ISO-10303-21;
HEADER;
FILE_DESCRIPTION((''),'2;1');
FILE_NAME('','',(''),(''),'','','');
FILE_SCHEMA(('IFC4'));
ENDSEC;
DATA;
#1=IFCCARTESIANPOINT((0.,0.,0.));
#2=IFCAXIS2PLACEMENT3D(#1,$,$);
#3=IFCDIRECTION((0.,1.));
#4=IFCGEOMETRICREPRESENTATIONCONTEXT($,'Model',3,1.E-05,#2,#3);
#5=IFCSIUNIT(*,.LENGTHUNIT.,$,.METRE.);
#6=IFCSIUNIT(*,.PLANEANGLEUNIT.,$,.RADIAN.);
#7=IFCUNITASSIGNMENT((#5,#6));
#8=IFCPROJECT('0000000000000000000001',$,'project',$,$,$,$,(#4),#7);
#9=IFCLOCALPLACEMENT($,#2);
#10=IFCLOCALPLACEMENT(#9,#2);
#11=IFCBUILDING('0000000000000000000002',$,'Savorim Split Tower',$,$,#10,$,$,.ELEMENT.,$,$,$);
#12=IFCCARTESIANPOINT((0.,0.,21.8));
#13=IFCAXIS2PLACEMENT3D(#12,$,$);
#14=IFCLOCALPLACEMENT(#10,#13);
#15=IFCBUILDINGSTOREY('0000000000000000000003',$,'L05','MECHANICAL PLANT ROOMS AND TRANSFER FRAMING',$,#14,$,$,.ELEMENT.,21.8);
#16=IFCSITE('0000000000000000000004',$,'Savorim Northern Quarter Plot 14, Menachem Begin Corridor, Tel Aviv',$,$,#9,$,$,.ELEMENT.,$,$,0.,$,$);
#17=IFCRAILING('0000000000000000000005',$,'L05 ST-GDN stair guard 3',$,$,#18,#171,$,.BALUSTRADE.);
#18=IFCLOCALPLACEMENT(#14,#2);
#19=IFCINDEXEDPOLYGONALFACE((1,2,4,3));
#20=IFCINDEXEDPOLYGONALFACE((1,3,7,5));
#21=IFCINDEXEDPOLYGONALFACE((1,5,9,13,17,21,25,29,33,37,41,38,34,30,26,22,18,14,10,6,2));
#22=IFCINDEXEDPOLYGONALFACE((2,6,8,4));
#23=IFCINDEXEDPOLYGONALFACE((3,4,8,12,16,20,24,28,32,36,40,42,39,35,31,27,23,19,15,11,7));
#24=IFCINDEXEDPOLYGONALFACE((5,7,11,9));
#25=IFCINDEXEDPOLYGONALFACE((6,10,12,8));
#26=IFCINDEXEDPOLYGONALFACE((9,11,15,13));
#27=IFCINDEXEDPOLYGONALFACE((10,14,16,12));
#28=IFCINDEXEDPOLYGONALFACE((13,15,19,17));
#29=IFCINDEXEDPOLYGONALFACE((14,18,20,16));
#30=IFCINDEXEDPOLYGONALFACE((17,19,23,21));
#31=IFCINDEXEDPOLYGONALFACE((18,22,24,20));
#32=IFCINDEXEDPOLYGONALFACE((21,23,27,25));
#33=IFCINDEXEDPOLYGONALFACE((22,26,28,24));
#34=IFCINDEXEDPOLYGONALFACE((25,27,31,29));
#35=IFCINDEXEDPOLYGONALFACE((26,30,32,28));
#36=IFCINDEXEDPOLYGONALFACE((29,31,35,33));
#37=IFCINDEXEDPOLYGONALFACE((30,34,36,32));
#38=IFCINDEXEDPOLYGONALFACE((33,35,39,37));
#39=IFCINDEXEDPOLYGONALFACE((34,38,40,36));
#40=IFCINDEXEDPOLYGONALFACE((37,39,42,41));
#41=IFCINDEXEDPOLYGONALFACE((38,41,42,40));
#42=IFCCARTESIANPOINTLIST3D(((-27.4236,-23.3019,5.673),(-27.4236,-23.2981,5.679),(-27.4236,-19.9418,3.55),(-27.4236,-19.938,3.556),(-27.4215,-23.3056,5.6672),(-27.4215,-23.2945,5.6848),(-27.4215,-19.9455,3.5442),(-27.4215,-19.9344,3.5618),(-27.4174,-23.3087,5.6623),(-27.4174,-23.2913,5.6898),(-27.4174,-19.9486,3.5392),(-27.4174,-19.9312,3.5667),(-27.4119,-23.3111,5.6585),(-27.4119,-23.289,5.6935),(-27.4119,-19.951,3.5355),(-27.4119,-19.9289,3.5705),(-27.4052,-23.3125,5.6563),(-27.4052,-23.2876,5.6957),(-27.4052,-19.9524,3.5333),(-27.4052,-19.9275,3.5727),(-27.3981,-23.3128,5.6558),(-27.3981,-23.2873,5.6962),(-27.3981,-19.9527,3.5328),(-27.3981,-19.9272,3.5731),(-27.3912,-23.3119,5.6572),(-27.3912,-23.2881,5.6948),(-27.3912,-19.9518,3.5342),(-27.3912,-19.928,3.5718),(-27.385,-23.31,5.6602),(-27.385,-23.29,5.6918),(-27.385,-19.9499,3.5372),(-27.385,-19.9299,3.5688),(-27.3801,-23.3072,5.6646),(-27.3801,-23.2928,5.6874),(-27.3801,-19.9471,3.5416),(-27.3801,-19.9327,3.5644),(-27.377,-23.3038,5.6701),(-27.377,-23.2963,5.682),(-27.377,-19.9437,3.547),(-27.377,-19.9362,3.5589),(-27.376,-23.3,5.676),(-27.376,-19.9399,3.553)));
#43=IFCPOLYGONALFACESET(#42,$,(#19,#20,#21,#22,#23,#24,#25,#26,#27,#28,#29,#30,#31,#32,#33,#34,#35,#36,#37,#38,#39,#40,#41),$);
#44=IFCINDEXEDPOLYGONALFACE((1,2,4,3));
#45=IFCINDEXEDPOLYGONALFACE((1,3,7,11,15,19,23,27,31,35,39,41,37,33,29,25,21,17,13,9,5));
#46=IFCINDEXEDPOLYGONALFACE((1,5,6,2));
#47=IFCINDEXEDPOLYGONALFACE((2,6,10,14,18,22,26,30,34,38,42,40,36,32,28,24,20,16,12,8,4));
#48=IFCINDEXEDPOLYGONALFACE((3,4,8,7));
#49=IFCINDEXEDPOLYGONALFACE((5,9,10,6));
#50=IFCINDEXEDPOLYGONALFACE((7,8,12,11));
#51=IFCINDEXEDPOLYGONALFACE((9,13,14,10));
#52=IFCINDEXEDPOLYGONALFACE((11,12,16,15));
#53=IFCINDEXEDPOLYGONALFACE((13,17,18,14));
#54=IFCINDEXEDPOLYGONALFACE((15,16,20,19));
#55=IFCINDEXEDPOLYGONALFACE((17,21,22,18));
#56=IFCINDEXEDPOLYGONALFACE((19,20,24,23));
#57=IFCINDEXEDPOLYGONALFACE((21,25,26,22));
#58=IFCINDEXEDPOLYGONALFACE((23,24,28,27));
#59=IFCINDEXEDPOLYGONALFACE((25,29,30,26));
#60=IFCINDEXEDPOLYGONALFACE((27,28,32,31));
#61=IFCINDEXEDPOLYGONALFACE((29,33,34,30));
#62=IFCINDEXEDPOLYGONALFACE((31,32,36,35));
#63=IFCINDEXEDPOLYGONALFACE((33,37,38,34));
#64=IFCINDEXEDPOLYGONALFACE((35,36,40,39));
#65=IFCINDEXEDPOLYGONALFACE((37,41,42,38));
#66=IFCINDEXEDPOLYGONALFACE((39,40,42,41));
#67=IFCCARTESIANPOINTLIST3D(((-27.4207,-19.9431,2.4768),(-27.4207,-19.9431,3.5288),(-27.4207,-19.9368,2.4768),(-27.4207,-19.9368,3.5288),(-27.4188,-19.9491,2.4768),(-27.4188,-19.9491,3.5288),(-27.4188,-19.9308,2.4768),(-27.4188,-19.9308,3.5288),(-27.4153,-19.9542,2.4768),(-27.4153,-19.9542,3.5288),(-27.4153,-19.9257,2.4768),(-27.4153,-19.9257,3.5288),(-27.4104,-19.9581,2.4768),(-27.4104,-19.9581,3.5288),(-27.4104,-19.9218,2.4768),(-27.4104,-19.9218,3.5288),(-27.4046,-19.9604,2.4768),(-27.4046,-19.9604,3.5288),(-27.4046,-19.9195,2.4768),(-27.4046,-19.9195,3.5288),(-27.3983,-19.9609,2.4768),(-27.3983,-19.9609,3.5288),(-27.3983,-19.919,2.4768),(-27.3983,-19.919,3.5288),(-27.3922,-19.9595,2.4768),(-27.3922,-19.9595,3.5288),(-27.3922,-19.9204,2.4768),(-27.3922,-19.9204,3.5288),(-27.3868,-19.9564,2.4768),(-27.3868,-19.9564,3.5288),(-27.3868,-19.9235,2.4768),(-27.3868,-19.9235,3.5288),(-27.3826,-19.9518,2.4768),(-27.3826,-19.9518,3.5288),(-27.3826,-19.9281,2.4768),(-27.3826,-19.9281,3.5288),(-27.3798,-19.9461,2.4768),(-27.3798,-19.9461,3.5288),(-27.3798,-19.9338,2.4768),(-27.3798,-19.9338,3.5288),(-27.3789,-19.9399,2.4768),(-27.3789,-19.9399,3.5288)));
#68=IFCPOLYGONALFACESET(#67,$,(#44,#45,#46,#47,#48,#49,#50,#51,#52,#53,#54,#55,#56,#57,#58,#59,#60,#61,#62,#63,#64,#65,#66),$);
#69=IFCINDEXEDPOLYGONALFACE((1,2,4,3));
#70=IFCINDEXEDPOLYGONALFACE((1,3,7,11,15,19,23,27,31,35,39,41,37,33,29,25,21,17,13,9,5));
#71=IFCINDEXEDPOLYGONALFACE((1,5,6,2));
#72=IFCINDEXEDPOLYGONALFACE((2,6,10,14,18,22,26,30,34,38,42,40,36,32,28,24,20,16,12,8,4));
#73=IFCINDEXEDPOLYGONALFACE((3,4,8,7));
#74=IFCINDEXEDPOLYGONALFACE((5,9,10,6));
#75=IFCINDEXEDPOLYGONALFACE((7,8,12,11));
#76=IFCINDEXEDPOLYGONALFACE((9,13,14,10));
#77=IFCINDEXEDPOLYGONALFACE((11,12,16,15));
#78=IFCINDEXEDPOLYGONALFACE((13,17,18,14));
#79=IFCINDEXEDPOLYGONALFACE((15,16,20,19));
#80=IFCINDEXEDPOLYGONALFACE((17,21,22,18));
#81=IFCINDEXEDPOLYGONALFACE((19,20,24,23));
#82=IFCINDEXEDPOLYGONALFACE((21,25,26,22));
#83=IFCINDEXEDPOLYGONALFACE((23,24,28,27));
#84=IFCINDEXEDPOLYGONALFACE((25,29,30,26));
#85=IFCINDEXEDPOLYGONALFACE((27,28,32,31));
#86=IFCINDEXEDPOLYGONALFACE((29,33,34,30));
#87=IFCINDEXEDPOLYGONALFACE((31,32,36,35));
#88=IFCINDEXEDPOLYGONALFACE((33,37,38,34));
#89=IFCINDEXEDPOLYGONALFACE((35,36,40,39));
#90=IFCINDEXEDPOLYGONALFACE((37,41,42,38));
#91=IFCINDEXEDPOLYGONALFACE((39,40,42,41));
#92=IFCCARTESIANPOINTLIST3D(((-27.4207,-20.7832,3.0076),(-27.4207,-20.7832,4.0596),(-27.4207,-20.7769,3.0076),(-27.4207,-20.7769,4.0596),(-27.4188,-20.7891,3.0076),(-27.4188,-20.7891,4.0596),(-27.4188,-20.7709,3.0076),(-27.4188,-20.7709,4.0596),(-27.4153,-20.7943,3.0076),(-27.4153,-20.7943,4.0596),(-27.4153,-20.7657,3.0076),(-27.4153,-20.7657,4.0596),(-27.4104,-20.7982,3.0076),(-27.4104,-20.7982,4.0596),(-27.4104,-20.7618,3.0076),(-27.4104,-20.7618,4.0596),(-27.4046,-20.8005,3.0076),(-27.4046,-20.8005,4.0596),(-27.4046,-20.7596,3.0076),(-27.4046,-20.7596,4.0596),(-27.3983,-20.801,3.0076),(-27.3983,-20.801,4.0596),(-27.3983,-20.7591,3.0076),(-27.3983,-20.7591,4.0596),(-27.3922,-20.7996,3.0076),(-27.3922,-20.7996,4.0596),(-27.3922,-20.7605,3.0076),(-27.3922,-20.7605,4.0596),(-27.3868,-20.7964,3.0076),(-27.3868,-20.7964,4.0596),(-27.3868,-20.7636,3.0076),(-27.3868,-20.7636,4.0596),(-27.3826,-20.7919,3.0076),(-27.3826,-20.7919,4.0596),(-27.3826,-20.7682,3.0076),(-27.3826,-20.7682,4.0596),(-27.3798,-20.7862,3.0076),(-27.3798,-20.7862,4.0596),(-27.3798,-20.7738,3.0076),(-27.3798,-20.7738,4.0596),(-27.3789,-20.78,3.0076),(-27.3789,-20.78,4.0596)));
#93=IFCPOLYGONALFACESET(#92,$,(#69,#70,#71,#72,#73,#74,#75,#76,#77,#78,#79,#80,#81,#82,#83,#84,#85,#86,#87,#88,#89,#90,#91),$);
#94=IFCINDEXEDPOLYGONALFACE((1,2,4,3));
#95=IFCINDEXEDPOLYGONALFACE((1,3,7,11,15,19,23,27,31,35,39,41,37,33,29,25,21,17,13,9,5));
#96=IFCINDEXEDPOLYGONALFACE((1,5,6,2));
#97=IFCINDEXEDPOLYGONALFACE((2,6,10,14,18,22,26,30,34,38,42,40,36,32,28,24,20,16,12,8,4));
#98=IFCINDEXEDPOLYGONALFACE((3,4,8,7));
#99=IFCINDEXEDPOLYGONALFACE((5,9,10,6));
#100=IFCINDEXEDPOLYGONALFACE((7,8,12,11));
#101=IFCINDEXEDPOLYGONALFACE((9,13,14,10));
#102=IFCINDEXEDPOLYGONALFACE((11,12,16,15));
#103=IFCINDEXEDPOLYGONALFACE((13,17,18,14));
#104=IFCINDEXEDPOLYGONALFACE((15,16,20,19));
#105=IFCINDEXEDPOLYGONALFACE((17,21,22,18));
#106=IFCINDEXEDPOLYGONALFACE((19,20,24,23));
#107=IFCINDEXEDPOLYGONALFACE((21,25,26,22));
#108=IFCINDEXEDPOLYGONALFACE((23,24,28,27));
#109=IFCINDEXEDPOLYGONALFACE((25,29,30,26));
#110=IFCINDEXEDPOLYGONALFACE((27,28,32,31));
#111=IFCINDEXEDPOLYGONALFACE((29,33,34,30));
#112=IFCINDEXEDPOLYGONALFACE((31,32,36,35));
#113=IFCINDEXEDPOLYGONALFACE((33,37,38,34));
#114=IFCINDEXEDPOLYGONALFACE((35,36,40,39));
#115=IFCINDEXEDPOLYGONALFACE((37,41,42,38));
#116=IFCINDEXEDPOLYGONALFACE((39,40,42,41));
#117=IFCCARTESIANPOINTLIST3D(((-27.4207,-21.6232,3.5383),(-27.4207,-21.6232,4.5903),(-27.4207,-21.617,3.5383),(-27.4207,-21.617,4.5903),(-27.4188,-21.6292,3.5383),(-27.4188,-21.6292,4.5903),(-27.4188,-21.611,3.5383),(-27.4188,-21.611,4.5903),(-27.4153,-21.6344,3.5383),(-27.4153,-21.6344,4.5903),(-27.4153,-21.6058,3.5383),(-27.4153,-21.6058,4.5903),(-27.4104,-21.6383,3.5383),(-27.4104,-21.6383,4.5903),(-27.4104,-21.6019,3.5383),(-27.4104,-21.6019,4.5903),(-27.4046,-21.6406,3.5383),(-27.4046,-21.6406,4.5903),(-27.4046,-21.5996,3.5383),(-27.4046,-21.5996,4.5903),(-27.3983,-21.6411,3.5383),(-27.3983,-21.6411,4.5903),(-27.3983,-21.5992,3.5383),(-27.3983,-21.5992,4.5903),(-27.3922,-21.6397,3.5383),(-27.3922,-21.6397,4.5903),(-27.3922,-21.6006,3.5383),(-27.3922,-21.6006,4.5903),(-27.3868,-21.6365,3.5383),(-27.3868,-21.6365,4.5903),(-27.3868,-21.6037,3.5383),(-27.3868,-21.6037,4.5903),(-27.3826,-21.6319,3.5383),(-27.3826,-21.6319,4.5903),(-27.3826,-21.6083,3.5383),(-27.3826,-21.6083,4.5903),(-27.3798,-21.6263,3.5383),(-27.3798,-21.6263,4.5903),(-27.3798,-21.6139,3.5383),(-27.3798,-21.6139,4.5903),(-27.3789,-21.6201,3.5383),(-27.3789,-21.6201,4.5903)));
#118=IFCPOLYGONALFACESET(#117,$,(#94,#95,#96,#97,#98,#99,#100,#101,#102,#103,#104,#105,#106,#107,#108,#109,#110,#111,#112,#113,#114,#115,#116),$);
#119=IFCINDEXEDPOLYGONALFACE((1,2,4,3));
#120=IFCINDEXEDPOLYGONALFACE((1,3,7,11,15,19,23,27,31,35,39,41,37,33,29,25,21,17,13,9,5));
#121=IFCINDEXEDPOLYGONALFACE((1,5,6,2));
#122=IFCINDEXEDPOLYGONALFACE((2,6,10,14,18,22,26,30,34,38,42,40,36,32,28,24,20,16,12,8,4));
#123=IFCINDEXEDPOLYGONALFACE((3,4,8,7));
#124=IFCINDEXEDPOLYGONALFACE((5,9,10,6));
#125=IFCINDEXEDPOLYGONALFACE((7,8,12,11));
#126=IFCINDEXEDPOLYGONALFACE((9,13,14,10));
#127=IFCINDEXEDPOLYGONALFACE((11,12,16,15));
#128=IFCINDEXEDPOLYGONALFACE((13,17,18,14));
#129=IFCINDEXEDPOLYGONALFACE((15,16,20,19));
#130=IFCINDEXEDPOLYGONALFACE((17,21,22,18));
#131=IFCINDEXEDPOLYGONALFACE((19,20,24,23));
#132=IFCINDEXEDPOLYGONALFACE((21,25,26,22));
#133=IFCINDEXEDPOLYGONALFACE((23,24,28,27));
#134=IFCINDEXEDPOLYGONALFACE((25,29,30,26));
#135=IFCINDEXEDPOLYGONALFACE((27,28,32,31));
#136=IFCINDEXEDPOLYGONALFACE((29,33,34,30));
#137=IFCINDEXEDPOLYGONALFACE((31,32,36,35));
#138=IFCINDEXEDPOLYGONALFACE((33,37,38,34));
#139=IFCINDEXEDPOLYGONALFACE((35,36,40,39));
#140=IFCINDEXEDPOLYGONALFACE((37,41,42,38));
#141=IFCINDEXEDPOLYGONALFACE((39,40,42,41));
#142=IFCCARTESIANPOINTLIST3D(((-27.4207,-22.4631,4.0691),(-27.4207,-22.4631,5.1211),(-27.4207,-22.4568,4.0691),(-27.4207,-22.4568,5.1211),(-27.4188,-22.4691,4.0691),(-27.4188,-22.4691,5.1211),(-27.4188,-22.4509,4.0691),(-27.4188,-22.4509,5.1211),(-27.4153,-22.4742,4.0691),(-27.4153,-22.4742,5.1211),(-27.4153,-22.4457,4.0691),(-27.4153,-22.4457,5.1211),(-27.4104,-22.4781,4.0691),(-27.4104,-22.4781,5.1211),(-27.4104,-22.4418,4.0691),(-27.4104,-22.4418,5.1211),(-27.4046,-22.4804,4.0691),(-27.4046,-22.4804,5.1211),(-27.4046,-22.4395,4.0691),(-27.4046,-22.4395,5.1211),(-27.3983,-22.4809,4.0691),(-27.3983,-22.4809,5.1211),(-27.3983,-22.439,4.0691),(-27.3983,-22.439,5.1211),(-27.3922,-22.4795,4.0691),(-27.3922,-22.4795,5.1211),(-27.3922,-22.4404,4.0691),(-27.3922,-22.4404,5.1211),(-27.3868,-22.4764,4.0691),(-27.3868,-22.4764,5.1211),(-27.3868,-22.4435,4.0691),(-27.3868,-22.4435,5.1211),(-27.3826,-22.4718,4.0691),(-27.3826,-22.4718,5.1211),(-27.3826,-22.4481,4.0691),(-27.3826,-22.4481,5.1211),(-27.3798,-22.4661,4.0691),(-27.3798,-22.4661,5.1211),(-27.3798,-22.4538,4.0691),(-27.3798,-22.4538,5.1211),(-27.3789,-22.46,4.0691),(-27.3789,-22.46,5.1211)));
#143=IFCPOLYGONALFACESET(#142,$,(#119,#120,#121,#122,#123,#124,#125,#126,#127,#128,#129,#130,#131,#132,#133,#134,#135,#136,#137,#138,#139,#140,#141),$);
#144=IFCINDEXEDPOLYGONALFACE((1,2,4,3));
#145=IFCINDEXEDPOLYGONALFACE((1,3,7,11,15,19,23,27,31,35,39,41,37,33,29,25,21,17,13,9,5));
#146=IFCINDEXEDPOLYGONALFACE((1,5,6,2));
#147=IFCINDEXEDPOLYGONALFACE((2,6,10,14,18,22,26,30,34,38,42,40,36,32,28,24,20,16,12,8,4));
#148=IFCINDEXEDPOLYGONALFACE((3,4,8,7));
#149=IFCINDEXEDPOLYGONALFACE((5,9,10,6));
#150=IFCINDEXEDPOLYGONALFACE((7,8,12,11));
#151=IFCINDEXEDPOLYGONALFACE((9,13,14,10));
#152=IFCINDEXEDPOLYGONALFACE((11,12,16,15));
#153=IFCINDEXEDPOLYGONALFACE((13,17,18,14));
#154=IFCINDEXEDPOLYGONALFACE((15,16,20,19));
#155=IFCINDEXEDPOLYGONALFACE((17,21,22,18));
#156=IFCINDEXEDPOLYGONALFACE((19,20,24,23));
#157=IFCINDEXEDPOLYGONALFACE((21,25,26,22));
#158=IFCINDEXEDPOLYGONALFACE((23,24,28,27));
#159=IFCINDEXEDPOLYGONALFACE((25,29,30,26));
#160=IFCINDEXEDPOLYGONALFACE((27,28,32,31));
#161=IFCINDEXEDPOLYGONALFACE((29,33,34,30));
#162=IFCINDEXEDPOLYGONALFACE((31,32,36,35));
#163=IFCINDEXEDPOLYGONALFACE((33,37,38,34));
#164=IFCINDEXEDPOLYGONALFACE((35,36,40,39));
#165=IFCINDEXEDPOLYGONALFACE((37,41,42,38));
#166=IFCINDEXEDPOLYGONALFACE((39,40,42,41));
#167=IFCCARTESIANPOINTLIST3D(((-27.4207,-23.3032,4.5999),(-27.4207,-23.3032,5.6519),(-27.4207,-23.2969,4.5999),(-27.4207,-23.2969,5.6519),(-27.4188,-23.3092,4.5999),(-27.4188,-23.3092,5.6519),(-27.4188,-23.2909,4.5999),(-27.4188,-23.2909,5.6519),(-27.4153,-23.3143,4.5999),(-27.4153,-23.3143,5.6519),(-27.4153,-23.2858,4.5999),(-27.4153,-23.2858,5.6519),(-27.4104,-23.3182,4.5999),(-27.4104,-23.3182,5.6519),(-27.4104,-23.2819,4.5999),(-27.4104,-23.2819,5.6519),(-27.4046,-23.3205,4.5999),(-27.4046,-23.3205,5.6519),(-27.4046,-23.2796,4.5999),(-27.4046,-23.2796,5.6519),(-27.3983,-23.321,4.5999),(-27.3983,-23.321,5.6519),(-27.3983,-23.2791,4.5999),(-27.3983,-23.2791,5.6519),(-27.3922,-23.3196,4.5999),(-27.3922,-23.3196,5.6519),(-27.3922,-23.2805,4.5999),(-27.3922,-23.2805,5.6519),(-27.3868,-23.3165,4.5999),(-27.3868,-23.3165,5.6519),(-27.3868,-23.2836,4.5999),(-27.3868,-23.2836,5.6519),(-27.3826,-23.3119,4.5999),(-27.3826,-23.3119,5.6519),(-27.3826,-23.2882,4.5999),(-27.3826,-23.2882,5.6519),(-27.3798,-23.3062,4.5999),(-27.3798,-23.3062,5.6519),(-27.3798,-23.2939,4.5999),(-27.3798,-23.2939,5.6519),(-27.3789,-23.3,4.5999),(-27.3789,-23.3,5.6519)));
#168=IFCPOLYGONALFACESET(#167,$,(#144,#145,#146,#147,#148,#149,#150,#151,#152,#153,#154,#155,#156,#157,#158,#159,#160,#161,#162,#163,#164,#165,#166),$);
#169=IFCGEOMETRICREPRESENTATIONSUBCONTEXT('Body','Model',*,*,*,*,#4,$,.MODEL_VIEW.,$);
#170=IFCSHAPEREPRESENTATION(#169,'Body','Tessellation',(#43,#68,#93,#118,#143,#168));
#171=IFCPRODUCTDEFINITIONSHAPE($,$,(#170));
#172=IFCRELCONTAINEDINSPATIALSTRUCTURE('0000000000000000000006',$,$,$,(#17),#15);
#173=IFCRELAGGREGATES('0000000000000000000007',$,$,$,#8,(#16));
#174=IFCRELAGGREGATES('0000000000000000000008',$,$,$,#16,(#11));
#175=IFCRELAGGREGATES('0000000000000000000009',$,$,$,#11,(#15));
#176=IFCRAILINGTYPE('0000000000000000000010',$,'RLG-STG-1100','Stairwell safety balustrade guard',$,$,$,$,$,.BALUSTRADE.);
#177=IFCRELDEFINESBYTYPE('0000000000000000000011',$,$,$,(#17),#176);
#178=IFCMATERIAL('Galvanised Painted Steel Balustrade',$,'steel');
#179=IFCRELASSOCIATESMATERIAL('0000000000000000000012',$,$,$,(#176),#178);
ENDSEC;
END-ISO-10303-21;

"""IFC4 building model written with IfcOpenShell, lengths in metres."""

from ifc_helpers import new_model, si_unit, direction, frame, origin, origin_2d, place, context, subcontext, project, spatial, circle, extrude, material, type_object, element, save


model = new_model("IFC4")

# Units and contexts
model_context = context("Model", 3, precision=1e-05, world=origin(), true_north=direction((0.0, 1.0)))
body_context = subcontext(model_context, "Body", "Model", "MODEL_VIEW")
ifc_project = project(units=[si_unit("LENGTHUNIT", "METRE"), si_unit("PLANEANGLEUNIT", "RADIAN")], contexts=[model_context])

# Site, building, storey
site_placement = place(None, origin())
site = spatial("IfcSite", under=ifc_project, at=site_placement, Name="Savorim Northern Quarter Plot 14, Menachem Begin Corridor, Tel Aviv", CompositionType="ELEMENT", RefElevation=0.0)
building_placement = place(site_placement, origin())
building = spatial("IfcBuilding", under=site, at=building_placement, Name="Savorim Split Tower", CompositionType="ELEMENT")
storey_placement = place(building_placement, frame((0.0, 0.0, 21.8)))
storey = spatial("IfcBuildingStorey", under=building, at=storey_placement, Name="L05", Description="MECHANICAL PLANT ROOMS AND TRANSFER FRAMING", CompositionType="ELEMENT", Elevation=21.8)

# Railing
ifc_material_1 = material(Name="Galvanised Painted Steel Balustrade", Category="steel")
railing_type_1 = type_object("IfcRailingType", Name="RLG-STG-1100", Description="Stairwell safety balustrade guard", PredefinedType="BALUSTRADE", material=ifc_material_1)
railing_1_placement = place(storey_placement, frame((-27.3999, -19.9399, 2.4768)))
element("IfcRailing", 1, at=railing_1_placement, inside=storey, type_object=railing_type_1, Name="L05 ST-GDN stair guard 3", PredefinedType="BALUSTRADE", context=body_context, shape_type="SweptSolid", body=[
    extrude(circle(Radius=0.0239, at=origin_2d()), frame((0.0, 0.0, 1.0762), z_axis=(0.0, -0.84539, 0.53415), x_axis=(1.0, 0.0, 0.0)), (0.0, 0.0, 1.0), 3.9746),
    extrude(circle(Radius=0.021, at=origin_2d()), origin(), (0.0, 0.0, 1.0), 1.052),
    extrude(circle(Radius=0.021, at=origin_2d()), frame((0.0, -0.8401, 0.5308)), (0.0, 0.0, 1.0), 1.052),
    extrude(circle(Radius=0.021, at=origin_2d()), frame((0.0, -1.6802, 1.0615)), (0.0, 0.0, 1.0), 1.052),
    extrude(circle(Radius=0.021, at=origin_2d()), frame((0.0, -2.52, 1.5923)), (0.0, 0.0, 1.0), 1.052),
    extrude(circle(Radius=0.021, at=origin_2d()), frame((0.0, -3.3601, 2.123)), (0.0, 0.0, 1.0), 1.052),
])

save(model, "model.ifc")
